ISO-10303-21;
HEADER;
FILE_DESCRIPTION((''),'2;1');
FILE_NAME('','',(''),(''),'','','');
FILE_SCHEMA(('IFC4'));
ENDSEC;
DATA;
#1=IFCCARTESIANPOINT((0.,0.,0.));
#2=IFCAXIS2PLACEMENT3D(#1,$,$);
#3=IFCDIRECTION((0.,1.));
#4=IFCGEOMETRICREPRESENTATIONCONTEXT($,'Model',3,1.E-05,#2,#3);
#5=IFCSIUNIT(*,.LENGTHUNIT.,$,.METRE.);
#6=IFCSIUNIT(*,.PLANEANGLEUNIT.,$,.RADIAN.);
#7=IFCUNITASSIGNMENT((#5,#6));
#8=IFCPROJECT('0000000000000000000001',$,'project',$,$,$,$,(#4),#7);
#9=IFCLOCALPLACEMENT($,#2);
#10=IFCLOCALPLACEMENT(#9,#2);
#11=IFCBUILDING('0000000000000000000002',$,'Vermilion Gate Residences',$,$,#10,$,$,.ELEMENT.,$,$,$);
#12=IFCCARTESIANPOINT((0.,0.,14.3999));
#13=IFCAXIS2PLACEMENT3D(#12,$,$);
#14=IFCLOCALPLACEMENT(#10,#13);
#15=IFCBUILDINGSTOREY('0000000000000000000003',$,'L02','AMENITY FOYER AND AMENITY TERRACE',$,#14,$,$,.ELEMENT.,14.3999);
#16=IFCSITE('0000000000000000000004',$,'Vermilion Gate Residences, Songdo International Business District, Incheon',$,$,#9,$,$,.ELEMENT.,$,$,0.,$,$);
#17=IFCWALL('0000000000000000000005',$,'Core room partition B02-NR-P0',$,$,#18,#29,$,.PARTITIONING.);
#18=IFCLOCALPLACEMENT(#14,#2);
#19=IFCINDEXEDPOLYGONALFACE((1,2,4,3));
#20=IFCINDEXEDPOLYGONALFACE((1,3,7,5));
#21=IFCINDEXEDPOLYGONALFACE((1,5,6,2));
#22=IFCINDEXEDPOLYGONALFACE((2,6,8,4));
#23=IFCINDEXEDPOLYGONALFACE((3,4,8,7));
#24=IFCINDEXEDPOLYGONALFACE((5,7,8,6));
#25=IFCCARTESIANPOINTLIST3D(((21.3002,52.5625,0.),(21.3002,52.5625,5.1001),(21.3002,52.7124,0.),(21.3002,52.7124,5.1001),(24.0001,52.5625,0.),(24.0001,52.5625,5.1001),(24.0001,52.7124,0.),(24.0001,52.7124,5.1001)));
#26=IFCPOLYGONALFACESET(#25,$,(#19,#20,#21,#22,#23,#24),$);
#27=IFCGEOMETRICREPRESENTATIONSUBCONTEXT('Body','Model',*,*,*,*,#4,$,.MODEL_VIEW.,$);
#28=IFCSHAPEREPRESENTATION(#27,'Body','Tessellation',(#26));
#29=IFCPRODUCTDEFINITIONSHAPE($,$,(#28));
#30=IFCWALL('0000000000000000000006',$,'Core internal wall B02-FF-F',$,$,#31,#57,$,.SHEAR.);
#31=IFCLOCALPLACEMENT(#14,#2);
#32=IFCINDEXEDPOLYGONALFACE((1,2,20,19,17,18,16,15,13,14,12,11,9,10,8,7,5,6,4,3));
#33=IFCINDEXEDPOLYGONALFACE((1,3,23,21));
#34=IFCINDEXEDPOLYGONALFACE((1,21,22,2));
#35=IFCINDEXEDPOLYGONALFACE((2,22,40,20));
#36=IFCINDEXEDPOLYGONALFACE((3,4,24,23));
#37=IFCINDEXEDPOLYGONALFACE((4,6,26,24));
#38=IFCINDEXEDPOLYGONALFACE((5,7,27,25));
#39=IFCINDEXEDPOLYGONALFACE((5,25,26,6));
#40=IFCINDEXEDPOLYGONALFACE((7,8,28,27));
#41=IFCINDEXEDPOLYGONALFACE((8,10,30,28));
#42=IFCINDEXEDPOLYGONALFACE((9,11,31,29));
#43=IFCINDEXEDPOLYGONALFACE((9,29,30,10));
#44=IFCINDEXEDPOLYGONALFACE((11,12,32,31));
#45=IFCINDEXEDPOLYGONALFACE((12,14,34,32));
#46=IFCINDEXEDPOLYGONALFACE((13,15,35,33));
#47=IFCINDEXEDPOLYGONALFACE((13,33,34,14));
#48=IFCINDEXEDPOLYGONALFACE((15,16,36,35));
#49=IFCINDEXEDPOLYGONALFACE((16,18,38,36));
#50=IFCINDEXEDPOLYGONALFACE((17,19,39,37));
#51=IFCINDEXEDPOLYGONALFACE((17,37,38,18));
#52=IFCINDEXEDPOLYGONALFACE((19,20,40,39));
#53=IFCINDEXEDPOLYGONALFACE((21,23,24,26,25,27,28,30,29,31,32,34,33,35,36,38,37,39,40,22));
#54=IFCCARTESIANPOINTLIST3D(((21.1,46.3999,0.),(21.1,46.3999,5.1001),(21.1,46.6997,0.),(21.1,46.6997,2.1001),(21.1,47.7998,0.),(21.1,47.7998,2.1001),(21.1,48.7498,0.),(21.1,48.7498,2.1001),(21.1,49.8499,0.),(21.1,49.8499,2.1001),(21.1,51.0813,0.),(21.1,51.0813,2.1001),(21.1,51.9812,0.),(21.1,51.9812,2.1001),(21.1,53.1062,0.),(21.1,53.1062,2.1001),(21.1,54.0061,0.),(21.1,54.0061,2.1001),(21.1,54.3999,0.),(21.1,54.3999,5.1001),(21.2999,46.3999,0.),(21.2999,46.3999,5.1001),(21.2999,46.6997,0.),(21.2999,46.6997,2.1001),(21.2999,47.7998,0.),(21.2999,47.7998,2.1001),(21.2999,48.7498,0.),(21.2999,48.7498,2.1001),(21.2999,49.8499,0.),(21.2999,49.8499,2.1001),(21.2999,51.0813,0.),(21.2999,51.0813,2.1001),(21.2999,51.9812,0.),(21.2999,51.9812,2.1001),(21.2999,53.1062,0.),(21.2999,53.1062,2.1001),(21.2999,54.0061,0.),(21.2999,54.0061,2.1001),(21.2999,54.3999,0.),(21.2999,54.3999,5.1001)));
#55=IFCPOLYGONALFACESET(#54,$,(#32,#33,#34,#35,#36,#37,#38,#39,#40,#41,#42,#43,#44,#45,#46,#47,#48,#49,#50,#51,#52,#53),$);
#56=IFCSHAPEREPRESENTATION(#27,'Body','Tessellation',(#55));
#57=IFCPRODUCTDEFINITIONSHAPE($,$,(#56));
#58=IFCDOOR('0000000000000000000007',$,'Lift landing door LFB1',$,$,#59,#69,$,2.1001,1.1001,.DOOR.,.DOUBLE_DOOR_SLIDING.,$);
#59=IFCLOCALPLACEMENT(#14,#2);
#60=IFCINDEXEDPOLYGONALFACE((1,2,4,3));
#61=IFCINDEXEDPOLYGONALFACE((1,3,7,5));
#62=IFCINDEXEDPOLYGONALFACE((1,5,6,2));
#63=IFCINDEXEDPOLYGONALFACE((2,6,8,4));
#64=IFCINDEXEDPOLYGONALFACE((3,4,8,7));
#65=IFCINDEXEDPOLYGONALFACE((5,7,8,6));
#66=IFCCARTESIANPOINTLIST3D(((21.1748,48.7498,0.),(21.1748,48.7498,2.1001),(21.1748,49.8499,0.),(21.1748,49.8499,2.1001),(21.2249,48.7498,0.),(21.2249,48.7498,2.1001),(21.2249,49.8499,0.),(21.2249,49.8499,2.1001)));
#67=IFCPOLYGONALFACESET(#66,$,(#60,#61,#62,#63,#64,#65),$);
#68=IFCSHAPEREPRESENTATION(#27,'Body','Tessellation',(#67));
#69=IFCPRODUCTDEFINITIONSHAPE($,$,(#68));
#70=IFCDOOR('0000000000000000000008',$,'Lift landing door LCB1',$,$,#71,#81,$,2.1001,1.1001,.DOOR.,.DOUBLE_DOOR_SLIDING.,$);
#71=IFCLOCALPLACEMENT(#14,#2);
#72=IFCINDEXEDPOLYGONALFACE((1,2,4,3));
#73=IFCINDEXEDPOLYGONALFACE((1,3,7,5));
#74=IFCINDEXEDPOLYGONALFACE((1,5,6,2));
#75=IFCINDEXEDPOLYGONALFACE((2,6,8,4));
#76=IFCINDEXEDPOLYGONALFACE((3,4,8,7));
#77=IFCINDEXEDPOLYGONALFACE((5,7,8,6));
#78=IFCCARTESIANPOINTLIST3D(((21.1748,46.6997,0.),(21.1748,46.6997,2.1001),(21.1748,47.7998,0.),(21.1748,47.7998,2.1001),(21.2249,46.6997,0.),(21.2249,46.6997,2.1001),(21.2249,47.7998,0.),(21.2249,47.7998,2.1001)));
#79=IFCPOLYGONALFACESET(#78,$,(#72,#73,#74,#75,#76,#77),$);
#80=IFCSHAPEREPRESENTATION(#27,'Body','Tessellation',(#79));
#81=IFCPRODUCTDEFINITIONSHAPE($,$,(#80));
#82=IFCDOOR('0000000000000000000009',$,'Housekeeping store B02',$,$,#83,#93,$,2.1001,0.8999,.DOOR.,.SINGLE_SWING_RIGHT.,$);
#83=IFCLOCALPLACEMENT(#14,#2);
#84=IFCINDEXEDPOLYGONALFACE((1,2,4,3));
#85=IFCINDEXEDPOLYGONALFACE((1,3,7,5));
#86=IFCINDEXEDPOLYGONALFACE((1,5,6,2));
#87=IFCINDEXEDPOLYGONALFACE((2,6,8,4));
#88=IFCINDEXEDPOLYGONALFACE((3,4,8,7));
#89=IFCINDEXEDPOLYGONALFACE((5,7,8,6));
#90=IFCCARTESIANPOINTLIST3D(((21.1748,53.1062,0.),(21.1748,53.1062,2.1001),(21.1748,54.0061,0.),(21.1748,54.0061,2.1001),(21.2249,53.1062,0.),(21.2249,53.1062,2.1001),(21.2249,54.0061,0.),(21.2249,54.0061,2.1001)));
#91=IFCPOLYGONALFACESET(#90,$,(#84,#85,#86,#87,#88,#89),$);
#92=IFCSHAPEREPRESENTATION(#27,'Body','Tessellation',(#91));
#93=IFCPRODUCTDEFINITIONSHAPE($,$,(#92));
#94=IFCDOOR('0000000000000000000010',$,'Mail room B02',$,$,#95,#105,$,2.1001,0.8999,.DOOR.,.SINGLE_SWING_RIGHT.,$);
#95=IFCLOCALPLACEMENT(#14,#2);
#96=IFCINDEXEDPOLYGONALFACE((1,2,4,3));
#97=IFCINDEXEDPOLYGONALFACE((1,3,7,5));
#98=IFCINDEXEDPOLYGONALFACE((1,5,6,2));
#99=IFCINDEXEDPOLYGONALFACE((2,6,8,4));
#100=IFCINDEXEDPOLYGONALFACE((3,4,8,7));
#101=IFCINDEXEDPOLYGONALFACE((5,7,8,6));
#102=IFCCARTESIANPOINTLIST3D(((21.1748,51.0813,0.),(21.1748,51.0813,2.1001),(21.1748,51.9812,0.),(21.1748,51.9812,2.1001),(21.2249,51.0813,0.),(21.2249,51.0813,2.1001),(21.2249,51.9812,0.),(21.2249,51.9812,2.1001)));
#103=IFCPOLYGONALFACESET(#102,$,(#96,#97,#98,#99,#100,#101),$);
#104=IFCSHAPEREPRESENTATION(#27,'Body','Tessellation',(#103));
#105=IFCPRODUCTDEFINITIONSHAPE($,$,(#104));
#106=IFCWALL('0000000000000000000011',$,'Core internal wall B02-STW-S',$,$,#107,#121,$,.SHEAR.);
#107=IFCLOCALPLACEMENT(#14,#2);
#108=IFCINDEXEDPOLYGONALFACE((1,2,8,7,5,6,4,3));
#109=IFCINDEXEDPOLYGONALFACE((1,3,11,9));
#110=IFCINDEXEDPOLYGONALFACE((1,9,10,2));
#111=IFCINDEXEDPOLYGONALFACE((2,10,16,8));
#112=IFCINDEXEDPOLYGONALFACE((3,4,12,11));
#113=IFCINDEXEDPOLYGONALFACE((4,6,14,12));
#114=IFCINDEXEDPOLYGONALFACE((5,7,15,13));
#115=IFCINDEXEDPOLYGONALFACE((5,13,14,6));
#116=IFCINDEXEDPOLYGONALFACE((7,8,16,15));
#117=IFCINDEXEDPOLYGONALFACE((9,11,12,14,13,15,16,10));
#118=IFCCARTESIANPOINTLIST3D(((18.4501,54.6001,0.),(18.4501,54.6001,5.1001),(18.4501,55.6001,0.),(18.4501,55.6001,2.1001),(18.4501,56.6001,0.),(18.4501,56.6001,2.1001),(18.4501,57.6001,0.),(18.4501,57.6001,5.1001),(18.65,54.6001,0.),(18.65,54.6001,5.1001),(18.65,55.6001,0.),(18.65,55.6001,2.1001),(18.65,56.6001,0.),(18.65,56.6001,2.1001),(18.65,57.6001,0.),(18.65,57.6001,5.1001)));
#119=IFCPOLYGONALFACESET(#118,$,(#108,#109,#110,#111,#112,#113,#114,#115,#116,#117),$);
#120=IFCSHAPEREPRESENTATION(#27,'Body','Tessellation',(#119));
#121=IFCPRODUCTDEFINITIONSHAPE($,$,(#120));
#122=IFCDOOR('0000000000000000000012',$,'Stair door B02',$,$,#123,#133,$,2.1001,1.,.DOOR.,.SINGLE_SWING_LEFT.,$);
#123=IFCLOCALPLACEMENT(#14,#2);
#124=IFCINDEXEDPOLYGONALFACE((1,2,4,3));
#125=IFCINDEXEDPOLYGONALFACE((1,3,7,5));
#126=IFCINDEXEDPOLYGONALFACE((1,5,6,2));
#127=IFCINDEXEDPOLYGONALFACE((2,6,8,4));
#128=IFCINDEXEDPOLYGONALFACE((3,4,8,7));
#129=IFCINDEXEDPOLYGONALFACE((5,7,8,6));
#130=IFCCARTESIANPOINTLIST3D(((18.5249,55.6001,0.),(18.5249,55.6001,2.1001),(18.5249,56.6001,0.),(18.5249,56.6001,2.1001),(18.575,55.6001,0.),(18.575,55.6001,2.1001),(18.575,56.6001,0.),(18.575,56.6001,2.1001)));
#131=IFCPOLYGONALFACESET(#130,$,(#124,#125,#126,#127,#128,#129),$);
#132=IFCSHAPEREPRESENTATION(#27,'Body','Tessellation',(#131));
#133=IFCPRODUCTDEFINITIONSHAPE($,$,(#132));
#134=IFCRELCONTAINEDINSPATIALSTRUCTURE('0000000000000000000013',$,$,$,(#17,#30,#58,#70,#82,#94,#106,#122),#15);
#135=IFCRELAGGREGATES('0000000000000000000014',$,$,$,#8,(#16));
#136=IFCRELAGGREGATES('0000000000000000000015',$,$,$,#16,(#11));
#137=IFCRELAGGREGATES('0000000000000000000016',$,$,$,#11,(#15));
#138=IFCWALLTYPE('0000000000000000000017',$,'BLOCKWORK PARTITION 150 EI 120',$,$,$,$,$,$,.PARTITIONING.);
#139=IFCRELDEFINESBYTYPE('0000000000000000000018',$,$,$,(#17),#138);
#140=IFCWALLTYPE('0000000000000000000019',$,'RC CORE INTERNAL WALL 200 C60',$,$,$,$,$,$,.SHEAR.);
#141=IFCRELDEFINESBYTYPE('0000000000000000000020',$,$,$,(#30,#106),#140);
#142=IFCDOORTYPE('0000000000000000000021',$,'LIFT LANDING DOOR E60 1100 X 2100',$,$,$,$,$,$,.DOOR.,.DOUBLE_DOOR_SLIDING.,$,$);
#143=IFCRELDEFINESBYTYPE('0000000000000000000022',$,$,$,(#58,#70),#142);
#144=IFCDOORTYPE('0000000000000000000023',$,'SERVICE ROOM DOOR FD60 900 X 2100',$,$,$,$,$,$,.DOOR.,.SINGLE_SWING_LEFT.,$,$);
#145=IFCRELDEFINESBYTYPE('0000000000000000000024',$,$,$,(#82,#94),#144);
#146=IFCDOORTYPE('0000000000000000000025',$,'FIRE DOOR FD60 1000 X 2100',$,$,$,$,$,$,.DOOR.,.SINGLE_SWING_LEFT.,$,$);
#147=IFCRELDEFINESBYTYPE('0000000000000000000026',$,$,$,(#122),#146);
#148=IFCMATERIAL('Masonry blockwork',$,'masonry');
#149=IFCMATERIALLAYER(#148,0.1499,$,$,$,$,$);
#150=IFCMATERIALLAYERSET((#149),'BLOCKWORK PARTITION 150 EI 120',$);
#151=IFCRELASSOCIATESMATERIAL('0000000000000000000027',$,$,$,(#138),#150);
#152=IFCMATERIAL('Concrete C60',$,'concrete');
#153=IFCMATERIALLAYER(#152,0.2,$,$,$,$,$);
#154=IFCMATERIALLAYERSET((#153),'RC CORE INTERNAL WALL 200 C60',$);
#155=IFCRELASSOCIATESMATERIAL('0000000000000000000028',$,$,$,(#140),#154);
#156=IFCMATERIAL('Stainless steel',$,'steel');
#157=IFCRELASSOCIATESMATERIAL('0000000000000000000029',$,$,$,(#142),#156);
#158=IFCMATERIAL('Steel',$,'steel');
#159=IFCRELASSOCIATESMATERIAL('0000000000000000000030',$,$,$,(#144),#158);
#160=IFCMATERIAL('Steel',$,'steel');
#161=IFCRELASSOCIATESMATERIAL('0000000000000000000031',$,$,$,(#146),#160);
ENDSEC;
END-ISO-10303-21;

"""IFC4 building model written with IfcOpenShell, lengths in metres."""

from ifc_helpers import new_model, si_unit, direction, frame, frame_2d, origin, place, context, subcontext, project, spatial, rectangle, extrude, material, layer, layer_set, type_object, element, fill, save


model = new_model("IFC4")

# Units and contexts
model_context = context("Model", 3, precision=1e-05, world=origin(), true_north=direction((0.0, 1.0)))
body_context = subcontext(model_context, "Body", "Model", "MODEL_VIEW")
ifc_project = project(units=[si_unit("LENGTHUNIT", "METRE"), si_unit("PLANEANGLEUNIT", "RADIAN")], contexts=[model_context])

# Site, building, storey
site_placement = place(None, origin())
site = spatial("IfcSite", under=ifc_project, at=site_placement, Name="Vermilion Gate Residences, Songdo International Business District, Incheon", CompositionType="ELEMENT", RefElevation=0.0)
building_placement = place(site_placement, origin())
building = spatial("IfcBuilding", under=site, at=building_placement, Name="Vermilion Gate Residences", CompositionType="ELEMENT")
storey_placement = place(building_placement, frame((0.0, 0.0, 14.3999)))
storey = spatial("IfcBuildingStorey", under=building, at=storey_placement, Name="L02", Description="AMENITY FOYER AND AMENITY TERRACE", CompositionType="ELEMENT", Elevation=14.3999)

# Wall
ifc_material_1 = material(Name="Masonry blockwork", Category="masonry")
ifc_layer_1 = layer(ifc_material_1, 0.1499)
ifc_layer_set_1 = layer_set([ifc_layer_1], Name="BLOCKWORK PARTITION 150 EI 120")
wall_type_1 = type_object("IfcWallType", Name="BLOCKWORK PARTITION 150 EI 120", PredefinedType="PARTITIONING", material=ifc_layer_set_1)
wall_1_placement = place(storey_placement, frame((21.3, 52.6375, 0.0), z_axis=(0.0, 0.0, 1.0), x_axis=(1.0, 0.0, 0.0)))
element("IfcWall", 1, at=wall_1_placement, inside=storey, type_object=wall_type_1, Name="Core room partition B02-NR-P0", PredefinedType="PARTITIONING", context=body_context, shape_type="SweptSolid", body=[
    extrude(rectangle(XDim=2.7, YDim=0.1499, at=frame_2d((1.3501, 0.0))), origin(), (0.0, 0.0, 1.0), 5.1001),
])

# Wall, openings, doors
ifc_material_2 = material(Name="Concrete C60", Category="concrete")
ifc_layer_2 = layer(ifc_material_2, 0.2)
ifc_layer_set_2 = layer_set([ifc_layer_2], Name="RC CORE INTERNAL WALL 200 C60")
wall_type_2 = type_object("IfcWallType", Name="RC CORE INTERNAL WALL 200 C60", PredefinedType="SHEAR", material=ifc_layer_set_2)
wall_2_placement = place(storey_placement, frame((21.2, 54.3999, 0.0), z_axis=(0.0, 0.0, 1.0), x_axis=(0.0, -1.0, 0.0)))
wall_2 = element("IfcWall", 2, at=wall_2_placement, inside=storey, type_object=wall_type_2, Name="Core internal wall B02-FF-F", PredefinedType="SHEAR", context=body_context, shape_type="SweptSolid", body=[
    extrude(rectangle(XDim=8.0, YDim=0.2, at=frame_2d((4.0, 0.0))), origin(), (0.0, 0.0, 1.0), 5.1001),
])
opening_1_placement = place(wall_2_placement, frame((0.3938, 0.0, 0.0)))
opening_1 = element("IfcOpeningElement", 3, at=opening_1_placement, cuts=wall_2, PredefinedType="OPENING", context=body_context, shape_type="SweptSolid", body=[
    extrude(rectangle(XDim=0.8999, YDim=2.1001, at=frame_2d((0.45, 1.05))), frame((0.0, 0.1099, 0.0), z_axis=(0.0, -1.0, 0.0), x_axis=(1.0, 0.0, 0.0)), (0.0, 0.0, 1.0), 0.22),
])
opening_2_placement = place(wall_2_placement, frame((2.4187, 0.0, 0.0)))
opening_2 = element("IfcOpeningElement", 4, at=opening_2_placement, cuts=wall_2, PredefinedType="OPENING", context=body_context, shape_type="SweptSolid", body=[
    extrude(rectangle(XDim=0.8999, YDim=2.1001, at=frame_2d((0.45, 1.05))), frame((0.0, 0.1099, 0.0), z_axis=(0.0, -1.0, 0.0), x_axis=(1.0, 0.0, 0.0)), (0.0, 0.0, 1.0), 0.22),
])
opening_3_placement = place(wall_2_placement, frame((4.55, 0.0, 0.0)))
opening_3 = element("IfcOpeningElement", 5, at=opening_3_placement, cuts=wall_2, PredefinedType="OPENING", context=body_context, shape_type="SweptSolid", body=[
    extrude(rectangle(XDim=1.1001, YDim=2.1001, at=frame_2d((0.55, 1.05))), frame((0.0, 0.1099, 0.0), z_axis=(0.0, -1.0, 0.0), x_axis=(1.0, 0.0, 0.0)), (0.0, 0.0, 1.0), 0.22),
])
opening_4_placement = place(wall_2_placement, frame((6.6001, 0.0, 0.0)))
opening_4 = element("IfcOpeningElement", 6, at=opening_4_placement, cuts=wall_2, PredefinedType="OPENING", context=body_context, shape_type="SweptSolid", body=[
    extrude(rectangle(XDim=1.1001, YDim=2.1001, at=frame_2d((0.55, 1.05))), frame((0.0, 0.1099, 0.0), z_axis=(0.0, -1.0, 0.0), x_axis=(1.0, 0.0, 0.0)), (0.0, 0.0, 1.0), 0.22),
])
ifc_material_3 = material(Name="Stainless steel", Category="steel")
door_type_1 = type_object("IfcDoorType", Name="LIFT LANDING DOOR E60 1100 X 2100", OperationType="DOUBLE_DOOR_SLIDING", PredefinedType="DOOR", material=ifc_material_3)
door_1_placement = place(opening_3_placement, origin())
door_1 = element("IfcDoor", 7, at=door_1_placement, inside=storey, type_object=door_type_1, Name="Lift landing door LFB1", OperationType="DOUBLE_DOOR_SLIDING", OverallHeight=2.1001, OverallWidth=1.1001, PredefinedType="DOOR", context=body_context, shape_type="SweptSolid", body=[
    extrude(rectangle(XDim=1.1001, YDim=2.1001, at=frame_2d((0.55, 1.05))), frame((0.0, 0.0249, 0.0), z_axis=(0.0, -1.0, 0.0), x_axis=(1.0, 0.0, 0.0)), (0.0, 0.0, 1.0), 0.05),
])
fill(opening_3, door_1)
door_2_placement = place(opening_4_placement, origin())
door_2 = element("IfcDoor", 8, at=door_2_placement, inside=storey, type_object=door_type_1, Name="Lift landing door LCB1", OperationType="DOUBLE_DOOR_SLIDING", OverallHeight=2.1001, OverallWidth=1.1001, PredefinedType="DOOR", context=body_context, shape_type="SweptSolid", body=[
    extrude(rectangle(XDim=1.1001, YDim=2.1001, at=frame_2d((0.55, 1.05))), frame((0.0, 0.0249, 0.0), z_axis=(0.0, -1.0, 0.0), x_axis=(1.0, 0.0, 0.0)), (0.0, 0.0, 1.0), 0.05),
])
fill(opening_4, door_2)
ifc_material_4 = material(Name="Steel", Category="steel")
door_type_2 = type_object("IfcDoorType", Name="SERVICE ROOM DOOR FD60 900 X 2100", OperationType="SINGLE_SWING_LEFT", PredefinedType="DOOR", material=ifc_material_4)
door_3_placement = place(opening_1_placement, origin())
door_3 = element("IfcDoor", 9, at=door_3_placement, inside=storey, type_object=door_type_2, Name="Housekeeping store B02", OperationType="SINGLE_SWING_RIGHT", OverallHeight=2.1001, OverallWidth=0.8999, PredefinedType="DOOR", context=body_context, shape_type="SweptSolid", body=[
    extrude(rectangle(XDim=0.8999, YDim=2.1001, at=frame_2d((0.45, 1.05))), frame((0.0, 0.0249, 0.0), z_axis=(0.0, -1.0, 0.0), x_axis=(1.0, 0.0, 0.0)), (0.0, 0.0, 1.0), 0.05),
])
fill(opening_1, door_3)
door_4_placement = place(opening_2_placement, origin())
door_4 = element("IfcDoor", 10, at=door_4_placement, inside=storey, type_object=door_type_2, Name="Mail room B02", OperationType="SINGLE_SWING_RIGHT", OverallHeight=2.1001, OverallWidth=0.8999, PredefinedType="DOOR", context=body_context, shape_type="SweptSolid", body=[
    extrude(rectangle(XDim=0.8999, YDim=2.1001, at=frame_2d((0.45, 1.05))), frame((0.0, 0.0249, 0.0), z_axis=(0.0, -1.0, 0.0), x_axis=(1.0, 0.0, 0.0)), (0.0, 0.0, 1.0), 0.05),
])
fill(opening_2, door_4)

# Wall, opening, door
wall_3_placement = place(storey_placement, frame((18.55, 57.6001, 0.0), z_axis=(0.0, 0.0, 1.0), x_axis=(0.0, -1.0, 0.0)))
wall_3 = element("IfcWall", 11, at=wall_3_placement, inside=storey, type_object=wall_type_2, Name="Core internal wall B02-STW-S", PredefinedType="SHEAR", context=body_context, shape_type="SweptSolid", body=[
    extrude(rectangle(XDim=3.0, YDim=0.2, at=frame_2d((1.5, 0.0))), origin(), (0.0, 0.0, 1.0), 5.1001),
])
opening_5_placement = place(wall_3_placement, frame((1.0, 0.0, 0.0)))
opening_5 = element("IfcOpeningElement", 12, at=opening_5_placement, cuts=wall_3, PredefinedType="OPENING", context=body_context, shape_type="SweptSolid", body=[
    extrude(rectangle(XDim=1.0, YDim=2.1001, at=frame_2d((0.5, 1.05))), frame((0.0, 0.1099, 0.0), z_axis=(0.0, -1.0, 0.0), x_axis=(1.0, 0.0, 0.0)), (0.0, 0.0, 1.0), 0.22),
])
ifc_material_5 = material(Name="Steel", Category="steel")
door_type_3 = type_object("IfcDoorType", Name="FIRE DOOR FD60 1000 X 2100", OperationType="SINGLE_SWING_LEFT", PredefinedType="DOOR", material=ifc_material_5)
door_5_placement = place(opening_5_placement, origin())
door_5 = element("IfcDoor", 13, at=door_5_placement, inside=storey, type_object=door_type_3, Name="Stair door B02", OperationType="SINGLE_SWING_LEFT", OverallHeight=2.1001, OverallWidth=1.0, PredefinedType="DOOR", context=body_context, shape_type="SweptSolid", body=[
    extrude(rectangle(XDim=1.0, YDim=2.1001, at=frame_2d((0.5, 1.05))), frame((0.0, 0.0249, 0.0), z_axis=(0.0, -1.0, 0.0), x_axis=(1.0, 0.0, 0.0)), (0.0, 0.0, 1.0), 0.05),
])
fill(opening_5, door_5)

save(model, "model.ifc")
